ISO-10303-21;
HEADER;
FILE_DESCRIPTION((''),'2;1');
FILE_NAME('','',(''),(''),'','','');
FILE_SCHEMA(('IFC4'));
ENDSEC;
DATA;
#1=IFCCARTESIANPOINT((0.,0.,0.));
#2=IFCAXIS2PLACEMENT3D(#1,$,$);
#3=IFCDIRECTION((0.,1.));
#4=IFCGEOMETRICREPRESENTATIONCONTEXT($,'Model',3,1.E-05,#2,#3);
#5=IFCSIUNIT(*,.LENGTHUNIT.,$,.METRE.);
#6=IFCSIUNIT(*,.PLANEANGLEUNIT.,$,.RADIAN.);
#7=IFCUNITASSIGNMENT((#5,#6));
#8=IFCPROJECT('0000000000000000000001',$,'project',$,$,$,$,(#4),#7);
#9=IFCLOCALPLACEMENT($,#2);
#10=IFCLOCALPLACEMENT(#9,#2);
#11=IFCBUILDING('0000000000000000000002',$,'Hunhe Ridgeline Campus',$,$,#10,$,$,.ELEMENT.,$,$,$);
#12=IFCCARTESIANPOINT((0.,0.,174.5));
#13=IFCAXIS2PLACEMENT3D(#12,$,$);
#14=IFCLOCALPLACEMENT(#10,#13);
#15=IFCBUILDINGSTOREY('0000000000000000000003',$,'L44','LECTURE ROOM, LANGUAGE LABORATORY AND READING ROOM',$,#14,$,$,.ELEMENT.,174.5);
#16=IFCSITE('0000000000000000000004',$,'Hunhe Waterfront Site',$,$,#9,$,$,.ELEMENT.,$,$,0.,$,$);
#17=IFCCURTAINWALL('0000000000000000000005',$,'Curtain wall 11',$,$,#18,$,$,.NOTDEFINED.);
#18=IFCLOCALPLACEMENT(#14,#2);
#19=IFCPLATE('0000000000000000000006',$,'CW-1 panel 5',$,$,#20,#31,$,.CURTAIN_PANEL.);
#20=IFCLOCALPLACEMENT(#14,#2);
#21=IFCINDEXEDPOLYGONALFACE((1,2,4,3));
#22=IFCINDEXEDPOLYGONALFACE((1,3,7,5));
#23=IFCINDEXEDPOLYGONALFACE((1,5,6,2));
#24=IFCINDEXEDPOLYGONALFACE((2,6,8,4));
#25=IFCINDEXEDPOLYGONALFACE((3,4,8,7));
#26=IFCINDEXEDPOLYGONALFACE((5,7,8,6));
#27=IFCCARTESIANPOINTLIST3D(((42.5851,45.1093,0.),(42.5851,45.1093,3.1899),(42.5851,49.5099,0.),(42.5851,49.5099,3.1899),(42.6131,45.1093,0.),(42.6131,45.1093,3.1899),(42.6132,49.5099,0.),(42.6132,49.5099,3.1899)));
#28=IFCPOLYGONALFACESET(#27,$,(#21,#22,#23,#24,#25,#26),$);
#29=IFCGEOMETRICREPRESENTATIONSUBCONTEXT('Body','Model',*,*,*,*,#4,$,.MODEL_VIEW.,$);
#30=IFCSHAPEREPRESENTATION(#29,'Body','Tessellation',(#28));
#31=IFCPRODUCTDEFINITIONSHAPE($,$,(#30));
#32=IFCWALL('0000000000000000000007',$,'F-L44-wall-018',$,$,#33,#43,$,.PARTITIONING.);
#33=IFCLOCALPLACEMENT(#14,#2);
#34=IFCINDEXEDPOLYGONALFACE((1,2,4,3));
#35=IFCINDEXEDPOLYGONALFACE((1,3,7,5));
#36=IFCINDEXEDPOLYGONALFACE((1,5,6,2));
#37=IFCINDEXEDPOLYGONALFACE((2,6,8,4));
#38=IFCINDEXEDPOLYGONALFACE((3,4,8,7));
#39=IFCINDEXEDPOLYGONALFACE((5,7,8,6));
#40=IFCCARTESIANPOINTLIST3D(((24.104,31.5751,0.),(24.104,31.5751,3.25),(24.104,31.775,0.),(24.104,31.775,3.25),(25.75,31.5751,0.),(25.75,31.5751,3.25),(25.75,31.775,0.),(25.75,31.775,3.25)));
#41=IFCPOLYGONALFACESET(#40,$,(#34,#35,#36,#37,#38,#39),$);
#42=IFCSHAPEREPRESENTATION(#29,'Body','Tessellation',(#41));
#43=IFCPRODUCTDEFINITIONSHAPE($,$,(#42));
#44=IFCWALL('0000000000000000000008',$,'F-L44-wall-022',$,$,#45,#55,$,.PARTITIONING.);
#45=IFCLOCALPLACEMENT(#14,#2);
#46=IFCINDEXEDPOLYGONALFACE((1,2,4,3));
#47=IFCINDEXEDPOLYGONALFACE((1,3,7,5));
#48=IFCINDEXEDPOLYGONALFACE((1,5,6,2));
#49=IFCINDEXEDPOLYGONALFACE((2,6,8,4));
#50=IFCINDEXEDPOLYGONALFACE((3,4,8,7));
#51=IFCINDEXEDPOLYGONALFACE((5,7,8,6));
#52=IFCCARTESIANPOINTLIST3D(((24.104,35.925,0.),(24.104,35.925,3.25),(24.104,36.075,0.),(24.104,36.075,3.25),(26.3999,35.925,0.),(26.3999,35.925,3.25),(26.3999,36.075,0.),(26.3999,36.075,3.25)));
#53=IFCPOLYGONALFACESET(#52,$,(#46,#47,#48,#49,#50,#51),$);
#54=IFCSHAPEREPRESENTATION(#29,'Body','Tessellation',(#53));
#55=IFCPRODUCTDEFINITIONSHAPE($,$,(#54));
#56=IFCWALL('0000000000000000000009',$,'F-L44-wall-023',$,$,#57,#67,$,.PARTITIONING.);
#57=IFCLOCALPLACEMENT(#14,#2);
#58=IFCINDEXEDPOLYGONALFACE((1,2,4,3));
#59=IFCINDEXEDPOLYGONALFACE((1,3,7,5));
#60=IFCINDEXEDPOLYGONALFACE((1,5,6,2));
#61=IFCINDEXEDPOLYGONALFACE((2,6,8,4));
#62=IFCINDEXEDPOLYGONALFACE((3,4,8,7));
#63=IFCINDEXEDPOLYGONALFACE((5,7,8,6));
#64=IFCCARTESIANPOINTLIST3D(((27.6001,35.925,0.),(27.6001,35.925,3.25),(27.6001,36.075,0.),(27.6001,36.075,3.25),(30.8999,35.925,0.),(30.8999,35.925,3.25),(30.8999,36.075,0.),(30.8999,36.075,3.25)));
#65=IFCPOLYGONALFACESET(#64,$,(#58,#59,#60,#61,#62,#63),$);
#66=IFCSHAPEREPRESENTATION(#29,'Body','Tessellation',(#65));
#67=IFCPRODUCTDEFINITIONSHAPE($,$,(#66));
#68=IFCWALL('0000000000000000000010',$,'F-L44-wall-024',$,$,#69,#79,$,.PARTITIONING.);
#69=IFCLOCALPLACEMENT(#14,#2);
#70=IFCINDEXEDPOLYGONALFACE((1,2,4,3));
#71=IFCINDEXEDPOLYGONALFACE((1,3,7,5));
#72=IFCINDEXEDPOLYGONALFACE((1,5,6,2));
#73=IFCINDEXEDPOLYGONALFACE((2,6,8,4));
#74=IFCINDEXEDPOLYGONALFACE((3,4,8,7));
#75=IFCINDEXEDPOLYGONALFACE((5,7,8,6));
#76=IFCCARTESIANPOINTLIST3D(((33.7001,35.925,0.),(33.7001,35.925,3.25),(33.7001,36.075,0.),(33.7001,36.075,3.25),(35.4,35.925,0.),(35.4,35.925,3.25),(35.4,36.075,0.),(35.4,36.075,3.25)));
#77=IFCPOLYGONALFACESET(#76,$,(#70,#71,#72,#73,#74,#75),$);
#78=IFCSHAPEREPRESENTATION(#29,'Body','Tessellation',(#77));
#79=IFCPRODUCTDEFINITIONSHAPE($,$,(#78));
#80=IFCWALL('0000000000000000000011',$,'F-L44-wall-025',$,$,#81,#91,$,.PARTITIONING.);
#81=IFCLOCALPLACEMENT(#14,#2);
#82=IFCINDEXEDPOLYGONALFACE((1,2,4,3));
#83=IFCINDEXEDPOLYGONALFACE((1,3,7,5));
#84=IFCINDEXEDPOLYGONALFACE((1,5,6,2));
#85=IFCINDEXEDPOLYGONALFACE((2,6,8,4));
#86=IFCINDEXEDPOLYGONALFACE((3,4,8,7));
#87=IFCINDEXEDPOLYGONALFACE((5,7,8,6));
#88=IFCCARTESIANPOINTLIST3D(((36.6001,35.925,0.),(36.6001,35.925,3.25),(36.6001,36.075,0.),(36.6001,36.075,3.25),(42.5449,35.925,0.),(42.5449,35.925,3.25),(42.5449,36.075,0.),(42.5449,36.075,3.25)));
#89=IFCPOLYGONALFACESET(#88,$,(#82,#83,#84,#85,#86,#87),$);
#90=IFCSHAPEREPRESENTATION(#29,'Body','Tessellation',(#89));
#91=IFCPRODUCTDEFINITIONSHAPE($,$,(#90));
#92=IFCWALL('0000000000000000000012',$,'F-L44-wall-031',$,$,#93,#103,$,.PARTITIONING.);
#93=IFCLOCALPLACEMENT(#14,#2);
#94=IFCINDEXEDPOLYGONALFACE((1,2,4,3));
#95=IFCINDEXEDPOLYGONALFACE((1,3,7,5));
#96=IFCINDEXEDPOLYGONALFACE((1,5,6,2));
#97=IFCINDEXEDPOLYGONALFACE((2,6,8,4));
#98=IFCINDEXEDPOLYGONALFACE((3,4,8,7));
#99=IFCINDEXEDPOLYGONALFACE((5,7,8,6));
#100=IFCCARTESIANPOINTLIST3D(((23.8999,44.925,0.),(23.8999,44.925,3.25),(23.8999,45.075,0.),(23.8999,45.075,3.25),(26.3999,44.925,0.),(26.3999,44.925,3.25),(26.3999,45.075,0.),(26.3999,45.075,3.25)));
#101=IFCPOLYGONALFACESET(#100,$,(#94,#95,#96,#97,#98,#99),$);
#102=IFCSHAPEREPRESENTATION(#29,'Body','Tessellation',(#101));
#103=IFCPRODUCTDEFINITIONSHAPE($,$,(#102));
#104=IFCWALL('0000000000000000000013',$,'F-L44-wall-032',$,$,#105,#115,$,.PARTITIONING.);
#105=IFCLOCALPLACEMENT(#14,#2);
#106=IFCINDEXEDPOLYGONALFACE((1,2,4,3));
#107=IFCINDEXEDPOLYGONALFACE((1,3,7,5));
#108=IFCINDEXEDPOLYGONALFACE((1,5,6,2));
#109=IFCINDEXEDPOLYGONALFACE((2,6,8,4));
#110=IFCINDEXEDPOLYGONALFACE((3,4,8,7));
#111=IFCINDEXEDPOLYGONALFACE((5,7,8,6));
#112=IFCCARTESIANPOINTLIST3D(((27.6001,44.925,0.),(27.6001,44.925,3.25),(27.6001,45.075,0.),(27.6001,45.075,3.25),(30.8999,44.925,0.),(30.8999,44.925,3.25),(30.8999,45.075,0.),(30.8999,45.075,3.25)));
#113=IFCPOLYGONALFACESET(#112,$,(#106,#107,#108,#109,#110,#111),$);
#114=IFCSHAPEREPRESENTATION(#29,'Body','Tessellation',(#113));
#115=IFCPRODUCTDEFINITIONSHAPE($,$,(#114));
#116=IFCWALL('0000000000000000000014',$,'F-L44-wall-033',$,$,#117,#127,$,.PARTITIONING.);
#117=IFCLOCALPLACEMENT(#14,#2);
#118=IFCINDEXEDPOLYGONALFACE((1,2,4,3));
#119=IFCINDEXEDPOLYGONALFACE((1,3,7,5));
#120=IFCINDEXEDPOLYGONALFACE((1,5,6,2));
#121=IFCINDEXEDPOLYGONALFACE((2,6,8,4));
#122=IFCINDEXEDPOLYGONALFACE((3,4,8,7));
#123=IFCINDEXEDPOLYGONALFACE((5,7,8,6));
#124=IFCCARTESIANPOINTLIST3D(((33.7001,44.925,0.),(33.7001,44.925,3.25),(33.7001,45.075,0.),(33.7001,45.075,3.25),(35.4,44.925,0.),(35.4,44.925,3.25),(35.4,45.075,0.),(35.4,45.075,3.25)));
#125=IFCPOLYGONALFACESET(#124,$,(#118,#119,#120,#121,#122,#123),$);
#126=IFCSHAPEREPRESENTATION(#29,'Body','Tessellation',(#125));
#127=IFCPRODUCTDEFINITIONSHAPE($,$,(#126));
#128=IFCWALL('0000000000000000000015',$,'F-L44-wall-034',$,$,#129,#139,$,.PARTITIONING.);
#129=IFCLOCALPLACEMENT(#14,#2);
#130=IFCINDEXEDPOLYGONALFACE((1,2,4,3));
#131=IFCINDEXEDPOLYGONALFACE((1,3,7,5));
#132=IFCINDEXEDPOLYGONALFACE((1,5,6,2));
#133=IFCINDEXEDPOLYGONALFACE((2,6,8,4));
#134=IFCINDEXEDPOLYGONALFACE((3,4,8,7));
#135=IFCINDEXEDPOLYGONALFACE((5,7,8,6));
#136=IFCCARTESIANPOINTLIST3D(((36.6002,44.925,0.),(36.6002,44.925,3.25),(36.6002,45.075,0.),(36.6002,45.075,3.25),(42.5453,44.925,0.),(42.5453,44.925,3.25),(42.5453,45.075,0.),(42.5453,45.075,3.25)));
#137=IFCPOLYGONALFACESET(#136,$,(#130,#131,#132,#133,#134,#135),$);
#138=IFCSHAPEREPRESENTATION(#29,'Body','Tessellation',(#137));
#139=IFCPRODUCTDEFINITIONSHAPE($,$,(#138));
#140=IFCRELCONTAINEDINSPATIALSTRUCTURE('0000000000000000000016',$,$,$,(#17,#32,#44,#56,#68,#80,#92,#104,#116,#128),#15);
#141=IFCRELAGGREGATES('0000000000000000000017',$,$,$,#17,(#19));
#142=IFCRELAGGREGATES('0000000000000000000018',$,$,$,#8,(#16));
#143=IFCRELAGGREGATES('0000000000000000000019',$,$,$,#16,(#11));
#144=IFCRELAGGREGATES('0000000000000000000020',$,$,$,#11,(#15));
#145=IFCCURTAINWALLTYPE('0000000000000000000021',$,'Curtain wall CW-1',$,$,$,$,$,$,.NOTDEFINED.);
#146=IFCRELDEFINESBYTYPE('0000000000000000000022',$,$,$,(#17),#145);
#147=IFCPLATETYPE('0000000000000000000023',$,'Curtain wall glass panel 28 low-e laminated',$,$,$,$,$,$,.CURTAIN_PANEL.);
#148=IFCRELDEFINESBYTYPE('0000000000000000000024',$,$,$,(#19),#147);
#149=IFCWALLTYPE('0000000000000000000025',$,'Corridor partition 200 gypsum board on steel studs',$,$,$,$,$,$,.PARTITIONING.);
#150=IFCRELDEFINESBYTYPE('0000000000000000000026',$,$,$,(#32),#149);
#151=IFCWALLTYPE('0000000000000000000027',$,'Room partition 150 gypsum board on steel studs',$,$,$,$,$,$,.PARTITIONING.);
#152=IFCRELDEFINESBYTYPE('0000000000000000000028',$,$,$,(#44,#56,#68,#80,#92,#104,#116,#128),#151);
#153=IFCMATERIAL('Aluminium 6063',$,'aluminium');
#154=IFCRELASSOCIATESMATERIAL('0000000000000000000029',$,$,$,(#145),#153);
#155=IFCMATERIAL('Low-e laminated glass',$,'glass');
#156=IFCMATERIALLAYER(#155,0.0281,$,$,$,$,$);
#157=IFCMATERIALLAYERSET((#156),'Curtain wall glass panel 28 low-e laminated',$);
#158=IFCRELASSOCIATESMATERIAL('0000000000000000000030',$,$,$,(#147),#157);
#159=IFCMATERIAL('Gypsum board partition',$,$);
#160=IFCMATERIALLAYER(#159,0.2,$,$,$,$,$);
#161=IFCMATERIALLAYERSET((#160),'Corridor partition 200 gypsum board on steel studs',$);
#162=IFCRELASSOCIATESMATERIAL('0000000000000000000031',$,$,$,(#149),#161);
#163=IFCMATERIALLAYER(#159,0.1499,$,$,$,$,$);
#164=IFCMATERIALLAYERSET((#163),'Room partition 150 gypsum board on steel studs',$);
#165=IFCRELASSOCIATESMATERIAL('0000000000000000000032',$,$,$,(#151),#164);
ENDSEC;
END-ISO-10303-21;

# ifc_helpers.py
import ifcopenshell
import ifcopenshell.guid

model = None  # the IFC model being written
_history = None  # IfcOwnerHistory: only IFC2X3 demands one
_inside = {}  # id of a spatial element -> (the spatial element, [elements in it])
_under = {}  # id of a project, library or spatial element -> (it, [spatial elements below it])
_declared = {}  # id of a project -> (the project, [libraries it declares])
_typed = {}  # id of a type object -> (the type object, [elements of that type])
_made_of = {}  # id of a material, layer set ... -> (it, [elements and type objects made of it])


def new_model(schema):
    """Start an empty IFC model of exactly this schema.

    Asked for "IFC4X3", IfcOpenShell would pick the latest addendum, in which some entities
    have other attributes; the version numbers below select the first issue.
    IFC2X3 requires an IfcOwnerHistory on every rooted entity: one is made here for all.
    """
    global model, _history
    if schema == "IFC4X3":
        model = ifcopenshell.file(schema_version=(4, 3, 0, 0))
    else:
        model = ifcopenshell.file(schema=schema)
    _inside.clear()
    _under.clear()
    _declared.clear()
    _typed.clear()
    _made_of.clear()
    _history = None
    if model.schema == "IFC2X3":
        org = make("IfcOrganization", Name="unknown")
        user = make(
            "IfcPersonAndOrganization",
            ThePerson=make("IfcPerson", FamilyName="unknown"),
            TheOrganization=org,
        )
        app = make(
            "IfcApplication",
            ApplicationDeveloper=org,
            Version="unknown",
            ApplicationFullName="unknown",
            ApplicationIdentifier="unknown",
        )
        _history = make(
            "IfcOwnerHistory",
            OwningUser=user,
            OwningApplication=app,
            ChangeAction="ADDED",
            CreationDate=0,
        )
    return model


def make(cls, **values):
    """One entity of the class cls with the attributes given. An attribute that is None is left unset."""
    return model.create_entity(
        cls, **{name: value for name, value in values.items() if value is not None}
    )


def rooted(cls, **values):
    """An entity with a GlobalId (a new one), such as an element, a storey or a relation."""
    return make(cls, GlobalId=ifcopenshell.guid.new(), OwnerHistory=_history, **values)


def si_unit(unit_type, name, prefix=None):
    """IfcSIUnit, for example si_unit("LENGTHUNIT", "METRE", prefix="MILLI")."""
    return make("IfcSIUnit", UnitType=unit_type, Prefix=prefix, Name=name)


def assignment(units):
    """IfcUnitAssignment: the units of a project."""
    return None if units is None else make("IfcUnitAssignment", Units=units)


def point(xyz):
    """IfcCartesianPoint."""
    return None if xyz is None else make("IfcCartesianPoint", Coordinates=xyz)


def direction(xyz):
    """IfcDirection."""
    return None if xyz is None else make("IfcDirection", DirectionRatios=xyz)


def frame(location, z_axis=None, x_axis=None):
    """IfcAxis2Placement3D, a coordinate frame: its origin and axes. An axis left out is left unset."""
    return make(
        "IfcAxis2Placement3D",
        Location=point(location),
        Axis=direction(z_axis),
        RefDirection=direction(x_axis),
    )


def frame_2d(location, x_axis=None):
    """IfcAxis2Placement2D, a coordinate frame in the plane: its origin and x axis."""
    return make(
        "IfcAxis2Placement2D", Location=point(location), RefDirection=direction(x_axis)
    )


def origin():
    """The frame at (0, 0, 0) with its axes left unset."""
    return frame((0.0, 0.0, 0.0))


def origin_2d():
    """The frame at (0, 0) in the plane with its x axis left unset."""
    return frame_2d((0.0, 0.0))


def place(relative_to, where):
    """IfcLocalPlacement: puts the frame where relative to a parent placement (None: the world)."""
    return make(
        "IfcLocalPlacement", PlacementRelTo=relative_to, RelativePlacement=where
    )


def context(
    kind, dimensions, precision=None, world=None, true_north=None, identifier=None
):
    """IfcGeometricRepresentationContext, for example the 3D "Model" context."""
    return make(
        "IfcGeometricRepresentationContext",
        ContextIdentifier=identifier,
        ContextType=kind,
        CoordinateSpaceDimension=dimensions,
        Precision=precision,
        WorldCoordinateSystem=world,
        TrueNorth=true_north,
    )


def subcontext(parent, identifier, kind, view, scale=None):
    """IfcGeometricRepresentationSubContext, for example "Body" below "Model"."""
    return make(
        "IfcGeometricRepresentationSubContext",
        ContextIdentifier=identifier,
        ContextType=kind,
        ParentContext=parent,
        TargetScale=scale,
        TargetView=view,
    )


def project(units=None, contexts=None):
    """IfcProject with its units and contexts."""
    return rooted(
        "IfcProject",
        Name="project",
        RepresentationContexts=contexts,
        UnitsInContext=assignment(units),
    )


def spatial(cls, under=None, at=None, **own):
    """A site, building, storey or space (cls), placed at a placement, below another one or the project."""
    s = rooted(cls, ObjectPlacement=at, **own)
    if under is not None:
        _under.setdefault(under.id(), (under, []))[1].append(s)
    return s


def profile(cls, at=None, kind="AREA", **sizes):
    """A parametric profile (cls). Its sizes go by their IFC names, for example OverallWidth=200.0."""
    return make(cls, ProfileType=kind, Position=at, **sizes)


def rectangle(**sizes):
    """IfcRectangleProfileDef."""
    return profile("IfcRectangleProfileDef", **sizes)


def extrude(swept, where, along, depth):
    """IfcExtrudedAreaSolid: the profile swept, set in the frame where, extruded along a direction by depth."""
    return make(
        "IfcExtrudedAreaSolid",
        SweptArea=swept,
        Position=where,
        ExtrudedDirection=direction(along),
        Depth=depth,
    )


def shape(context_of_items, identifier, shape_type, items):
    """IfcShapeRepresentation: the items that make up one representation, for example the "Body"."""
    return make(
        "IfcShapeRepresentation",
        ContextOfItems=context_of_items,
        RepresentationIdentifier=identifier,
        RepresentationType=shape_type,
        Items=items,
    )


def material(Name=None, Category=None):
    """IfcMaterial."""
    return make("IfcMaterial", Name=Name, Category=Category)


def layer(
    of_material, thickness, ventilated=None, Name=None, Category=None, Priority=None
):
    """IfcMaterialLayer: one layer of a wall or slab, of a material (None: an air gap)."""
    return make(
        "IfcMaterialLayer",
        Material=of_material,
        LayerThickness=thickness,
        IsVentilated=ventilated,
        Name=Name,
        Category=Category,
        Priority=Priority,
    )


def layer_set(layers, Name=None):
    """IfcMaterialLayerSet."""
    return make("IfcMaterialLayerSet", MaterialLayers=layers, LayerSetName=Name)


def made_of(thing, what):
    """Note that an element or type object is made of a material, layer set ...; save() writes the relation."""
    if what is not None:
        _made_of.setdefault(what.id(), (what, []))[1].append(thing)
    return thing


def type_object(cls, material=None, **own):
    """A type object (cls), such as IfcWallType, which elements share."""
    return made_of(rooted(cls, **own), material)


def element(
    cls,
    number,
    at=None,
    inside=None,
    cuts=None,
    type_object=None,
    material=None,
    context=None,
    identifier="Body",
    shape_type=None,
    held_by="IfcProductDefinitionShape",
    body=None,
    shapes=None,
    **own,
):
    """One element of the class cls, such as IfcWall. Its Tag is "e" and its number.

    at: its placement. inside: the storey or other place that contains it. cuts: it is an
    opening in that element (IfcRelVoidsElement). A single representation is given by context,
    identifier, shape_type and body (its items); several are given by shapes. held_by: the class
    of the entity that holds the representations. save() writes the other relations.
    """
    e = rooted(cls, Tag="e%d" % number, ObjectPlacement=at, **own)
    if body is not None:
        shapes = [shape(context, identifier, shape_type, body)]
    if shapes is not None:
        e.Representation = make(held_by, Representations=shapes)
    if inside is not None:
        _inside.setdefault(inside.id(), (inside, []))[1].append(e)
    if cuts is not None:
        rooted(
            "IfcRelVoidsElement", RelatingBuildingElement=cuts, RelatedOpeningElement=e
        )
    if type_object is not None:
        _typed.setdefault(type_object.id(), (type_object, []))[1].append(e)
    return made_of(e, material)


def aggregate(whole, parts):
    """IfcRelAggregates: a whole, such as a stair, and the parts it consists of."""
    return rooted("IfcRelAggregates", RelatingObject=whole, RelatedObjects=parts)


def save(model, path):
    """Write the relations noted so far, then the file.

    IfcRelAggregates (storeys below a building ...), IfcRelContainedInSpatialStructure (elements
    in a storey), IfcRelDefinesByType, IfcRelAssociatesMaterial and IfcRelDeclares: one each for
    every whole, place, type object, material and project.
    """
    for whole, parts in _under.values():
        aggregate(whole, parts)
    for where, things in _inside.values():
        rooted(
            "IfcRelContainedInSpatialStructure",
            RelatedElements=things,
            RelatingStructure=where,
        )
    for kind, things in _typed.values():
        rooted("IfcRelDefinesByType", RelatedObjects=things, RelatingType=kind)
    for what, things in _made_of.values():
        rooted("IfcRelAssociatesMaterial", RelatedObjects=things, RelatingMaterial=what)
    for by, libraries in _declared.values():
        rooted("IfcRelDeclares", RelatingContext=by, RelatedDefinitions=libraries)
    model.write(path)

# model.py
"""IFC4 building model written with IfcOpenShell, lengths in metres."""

from ifc_helpers import new_model, si_unit, direction, frame, frame_2d, origin, origin_2d, place, context, subcontext, project, spatial, rectangle, extrude, material, layer, layer_set, type_object, element, aggregate, save


model = new_model("IFC4")

# Units and contexts
model_context = context("Model", 3, precision=1e-05, world=origin(), true_north=direction((0.0, 1.0)))
body_context = subcontext(model_context, "Body", "Model", "MODEL_VIEW")
ifc_project = project(units=[si_unit("LENGTHUNIT", "METRE"), si_unit("PLANEANGLEUNIT", "RADIAN")], contexts=[model_context])

# Site, building, storey
site_placement = place(None, origin())
site = spatial("IfcSite", under=ifc_project, at=site_placement, Name="Hunhe Waterfront Site", CompositionType="ELEMENT", RefElevation=0.0)
building_placement = place(site_placement, origin())
building = spatial("IfcBuilding", under=site, at=building_placement, Name="Hunhe Ridgeline Campus", CompositionType="ELEMENT")
storey_placement = place(building_placement, frame((0.0, 0.0, 174.5)))
storey = spatial("IfcBuildingStorey", under=building, at=storey_placement, Name="L44", Description="LECTURE ROOM, LANGUAGE LABORATORY AND READING ROOM", CompositionType="ELEMENT", Elevation=174.5)

# Curtain wall
ifc_material_1 = material(Name="Aluminium 6063", Category="aluminium")
curtain_wall_type = type_object("IfcCurtainWallType", Name="Curtain wall CW-1", PredefinedType="NOTDEFINED", material=ifc_material_1)
curtain_wall_placement = place(storey_placement, origin())
curtain_wall = element("IfcCurtainWall", 1, at=curtain_wall_placement, inside=storey, type_object=curtain_wall_type, Name="Curtain wall 11", PredefinedType="NOTDEFINED")

# Plate
ifc_material_2 = material(Name="Low-e laminated glass", Category="glass")
ifc_layer_1 = layer(ifc_material_2, 0.0281)
ifc_layer_set_1 = layer_set([ifc_layer_1], Name="Curtain wall glass panel 28 low-e laminated")
plate_type = type_object("IfcPlateType", Name="Curtain wall glass panel 28 low-e laminated", PredefinedType="CURTAIN_PANEL", material=ifc_layer_set_1)
plate_1_placement = place(storey_placement, frame((42.5991, 47.3096, 0.0), z_axis=(0.0, 0.0, 1.0), x_axis=(0.000004, 1.0, 0.0)))
plate_1 = element("IfcPlate", 2, at=plate_1_placement, type_object=plate_type, Name="CW-1 panel 5", PredefinedType="CURTAIN_PANEL", context=body_context, shape_type="SweptSolid", body=[
    extrude(rectangle(XDim=4.4006, YDim=0.0281, at=origin_2d()), origin(), (0.0, 0.0, 1.0), 3.1899),
])
aggregate(curtain_wall, [plate_1])

# Walls
ifc_material_3 = material(Name="Gypsum board partition")
ifc_layer_2 = layer(ifc_material_3, 0.2)
ifc_layer_set_2 = layer_set([ifc_layer_2], Name="Corridor partition 200 gypsum board on steel studs")
wall_type_1 = type_object("IfcWallType", Name="Corridor partition 200 gypsum board on steel studs", PredefinedType="PARTITIONING", material=ifc_layer_set_2)
wall_1_placement = place(storey_placement, frame((24.104, 31.675, 0.0), z_axis=(0.0, 0.0, 1.0), x_axis=(1.0, 0.0, 0.0)))
element("IfcWall", 3, at=wall_1_placement, inside=storey, type_object=wall_type_1, Name="F-L44-wall-018", PredefinedType="PARTITIONING", context=body_context, shape_type="SweptSolid", body=[
    extrude(rectangle(XDim=1.646, YDim=0.2, at=frame_2d((0.823, 0.0))), origin(), (0.0, 0.0, 1.0), 3.25),
])
ifc_layer_3 = layer(ifc_material_3, 0.1499)
ifc_layer_set_3 = layer_set([ifc_layer_3], Name="Room partition 150 gypsum board on steel studs")
wall_type_2 = type_object("IfcWallType", Name="Room partition 150 gypsum board on steel studs", PredefinedType="PARTITIONING", material=ifc_layer_set_3)
wall_2_placement = place(storey_placement, frame((24.104, 36.0, 0.0), z_axis=(0.0, 0.0, 1.0), x_axis=(1.0, 0.0, 0.0)))
element("IfcWall", 4, at=wall_2_placement, inside=storey, type_object=wall_type_2, Name="F-L44-wall-022", PredefinedType="PARTITIONING", context=body_context, shape_type="SweptSolid", body=[
    extrude(rectangle(XDim=2.2959, YDim=0.1499, at=frame_2d((1.1479, 0.0))), origin(), (0.0, 0.0, 1.0), 3.25),
])
wall_3_placement = place(storey_placement, frame((27.6001, 36.0, 0.0), z_axis=(0.0, 0.0, 1.0), x_axis=(1.0, 0.0, 0.0)))
element("IfcWall", 5, at=wall_3_placement, inside=storey, type_object=wall_type_2, Name="F-L44-wall-023", PredefinedType="PARTITIONING", context=body_context, shape_type="SweptSolid", body=[
    extrude(rectangle(XDim=3.2998, YDim=0.1499, at=frame_2d((1.6499, 0.0))), origin(), (0.0, 0.0, 1.0), 3.25),
])
wall_4_placement = place(storey_placement, frame((33.7, 36.0, 0.0), z_axis=(0.0, 0.0, 1.0), x_axis=(1.0, 0.0, 0.0)))
element("IfcWall", 6, at=wall_4_placement, inside=storey, type_object=wall_type_2, Name="F-L44-wall-024", PredefinedType="PARTITIONING", context=body_context, shape_type="SweptSolid", body=[
    extrude(rectangle(XDim=1.7, YDim=0.1499, at=frame_2d((0.8501, 0.0))), origin(), (0.0, 0.0, 1.0), 3.25),
])
wall_5_placement = place(storey_placement, frame((36.6001, 36.0, 0.0), z_axis=(0.0, 0.0, 1.0), x_axis=(1.0, 0.0, 0.0)))
element("IfcWall", 7, at=wall_5_placement, inside=storey, type_object=wall_type_2, Name="F-L44-wall-025", PredefinedType="PARTITIONING", context=body_context, shape_type="SweptSolid", body=[
    extrude(rectangle(XDim=5.9448, YDim=0.1499, at=frame_2d((2.9724, 0.0))), origin(), (0.0, 0.0, 1.0), 3.25),
])
wall_6_placement = place(storey_placement, frame((23.8999, 45.0, 0.0), z_axis=(0.0, 0.0, 1.0), x_axis=(1.0, 0.0, 0.0)))
element("IfcWall", 8, at=wall_6_placement, inside=storey, type_object=wall_type_2, Name="F-L44-wall-031", PredefinedType="PARTITIONING", context=body_context, shape_type="SweptSolid", body=[
    extrude(rectangle(XDim=2.5, YDim=0.1499, at=frame_2d((1.25, 0.0))), origin(), (0.0, 0.0, 1.0), 3.25),
])
wall_7_placement = place(storey_placement, frame((27.6001, 45.0, 0.0), z_axis=(0.0, 0.0, 1.0), x_axis=(1.0, 0.0, 0.0)))
element("IfcWall", 9, at=wall_7_placement, inside=storey, type_object=wall_type_2, Name="F-L44-wall-032", PredefinedType="PARTITIONING", context=body_context, shape_type="SweptSolid", body=[
    extrude(rectangle(XDim=3.2998, YDim=0.1499, at=frame_2d((1.6499, 0.0))), origin(), (0.0, 0.0, 1.0), 3.25),
])
wall_8_placement = place(storey_placement, frame((33.7, 45.0, 0.0), z_axis=(0.0, 0.0, 1.0), x_axis=(1.0, 0.0, 0.0)))
element("IfcWall", 10, at=wall_8_placement, inside=storey, type_object=wall_type_2, Name="F-L44-wall-033", PredefinedType="PARTITIONING", context=body_context, shape_type="SweptSolid", body=[
    extrude(rectangle(XDim=1.7, YDim=0.1499, at=frame_2d((0.8501, 0.0))), origin(), (0.0, 0.0, 1.0), 3.25),
])
wall_9_placement = place(storey_placement, frame((36.6001, 45.0, 0.0), z_axis=(0.0, 0.0, 1.0), x_axis=(1.0, 0.0, 0.0)))
element("IfcWall", 11, at=wall_9_placement, inside=storey, type_object=wall_type_2, Name="F-L44-wall-034", PredefinedType="PARTITIONING", context=body_context, shape_type="SweptSolid", body=[
    extrude(rectangle(XDim=5.9451, YDim=0.1499, at=frame_2d((2.9727, 0.0))), origin(), (0.0, 0.0, 1.0), 3.25),
])

save(model, "model.ifc")
